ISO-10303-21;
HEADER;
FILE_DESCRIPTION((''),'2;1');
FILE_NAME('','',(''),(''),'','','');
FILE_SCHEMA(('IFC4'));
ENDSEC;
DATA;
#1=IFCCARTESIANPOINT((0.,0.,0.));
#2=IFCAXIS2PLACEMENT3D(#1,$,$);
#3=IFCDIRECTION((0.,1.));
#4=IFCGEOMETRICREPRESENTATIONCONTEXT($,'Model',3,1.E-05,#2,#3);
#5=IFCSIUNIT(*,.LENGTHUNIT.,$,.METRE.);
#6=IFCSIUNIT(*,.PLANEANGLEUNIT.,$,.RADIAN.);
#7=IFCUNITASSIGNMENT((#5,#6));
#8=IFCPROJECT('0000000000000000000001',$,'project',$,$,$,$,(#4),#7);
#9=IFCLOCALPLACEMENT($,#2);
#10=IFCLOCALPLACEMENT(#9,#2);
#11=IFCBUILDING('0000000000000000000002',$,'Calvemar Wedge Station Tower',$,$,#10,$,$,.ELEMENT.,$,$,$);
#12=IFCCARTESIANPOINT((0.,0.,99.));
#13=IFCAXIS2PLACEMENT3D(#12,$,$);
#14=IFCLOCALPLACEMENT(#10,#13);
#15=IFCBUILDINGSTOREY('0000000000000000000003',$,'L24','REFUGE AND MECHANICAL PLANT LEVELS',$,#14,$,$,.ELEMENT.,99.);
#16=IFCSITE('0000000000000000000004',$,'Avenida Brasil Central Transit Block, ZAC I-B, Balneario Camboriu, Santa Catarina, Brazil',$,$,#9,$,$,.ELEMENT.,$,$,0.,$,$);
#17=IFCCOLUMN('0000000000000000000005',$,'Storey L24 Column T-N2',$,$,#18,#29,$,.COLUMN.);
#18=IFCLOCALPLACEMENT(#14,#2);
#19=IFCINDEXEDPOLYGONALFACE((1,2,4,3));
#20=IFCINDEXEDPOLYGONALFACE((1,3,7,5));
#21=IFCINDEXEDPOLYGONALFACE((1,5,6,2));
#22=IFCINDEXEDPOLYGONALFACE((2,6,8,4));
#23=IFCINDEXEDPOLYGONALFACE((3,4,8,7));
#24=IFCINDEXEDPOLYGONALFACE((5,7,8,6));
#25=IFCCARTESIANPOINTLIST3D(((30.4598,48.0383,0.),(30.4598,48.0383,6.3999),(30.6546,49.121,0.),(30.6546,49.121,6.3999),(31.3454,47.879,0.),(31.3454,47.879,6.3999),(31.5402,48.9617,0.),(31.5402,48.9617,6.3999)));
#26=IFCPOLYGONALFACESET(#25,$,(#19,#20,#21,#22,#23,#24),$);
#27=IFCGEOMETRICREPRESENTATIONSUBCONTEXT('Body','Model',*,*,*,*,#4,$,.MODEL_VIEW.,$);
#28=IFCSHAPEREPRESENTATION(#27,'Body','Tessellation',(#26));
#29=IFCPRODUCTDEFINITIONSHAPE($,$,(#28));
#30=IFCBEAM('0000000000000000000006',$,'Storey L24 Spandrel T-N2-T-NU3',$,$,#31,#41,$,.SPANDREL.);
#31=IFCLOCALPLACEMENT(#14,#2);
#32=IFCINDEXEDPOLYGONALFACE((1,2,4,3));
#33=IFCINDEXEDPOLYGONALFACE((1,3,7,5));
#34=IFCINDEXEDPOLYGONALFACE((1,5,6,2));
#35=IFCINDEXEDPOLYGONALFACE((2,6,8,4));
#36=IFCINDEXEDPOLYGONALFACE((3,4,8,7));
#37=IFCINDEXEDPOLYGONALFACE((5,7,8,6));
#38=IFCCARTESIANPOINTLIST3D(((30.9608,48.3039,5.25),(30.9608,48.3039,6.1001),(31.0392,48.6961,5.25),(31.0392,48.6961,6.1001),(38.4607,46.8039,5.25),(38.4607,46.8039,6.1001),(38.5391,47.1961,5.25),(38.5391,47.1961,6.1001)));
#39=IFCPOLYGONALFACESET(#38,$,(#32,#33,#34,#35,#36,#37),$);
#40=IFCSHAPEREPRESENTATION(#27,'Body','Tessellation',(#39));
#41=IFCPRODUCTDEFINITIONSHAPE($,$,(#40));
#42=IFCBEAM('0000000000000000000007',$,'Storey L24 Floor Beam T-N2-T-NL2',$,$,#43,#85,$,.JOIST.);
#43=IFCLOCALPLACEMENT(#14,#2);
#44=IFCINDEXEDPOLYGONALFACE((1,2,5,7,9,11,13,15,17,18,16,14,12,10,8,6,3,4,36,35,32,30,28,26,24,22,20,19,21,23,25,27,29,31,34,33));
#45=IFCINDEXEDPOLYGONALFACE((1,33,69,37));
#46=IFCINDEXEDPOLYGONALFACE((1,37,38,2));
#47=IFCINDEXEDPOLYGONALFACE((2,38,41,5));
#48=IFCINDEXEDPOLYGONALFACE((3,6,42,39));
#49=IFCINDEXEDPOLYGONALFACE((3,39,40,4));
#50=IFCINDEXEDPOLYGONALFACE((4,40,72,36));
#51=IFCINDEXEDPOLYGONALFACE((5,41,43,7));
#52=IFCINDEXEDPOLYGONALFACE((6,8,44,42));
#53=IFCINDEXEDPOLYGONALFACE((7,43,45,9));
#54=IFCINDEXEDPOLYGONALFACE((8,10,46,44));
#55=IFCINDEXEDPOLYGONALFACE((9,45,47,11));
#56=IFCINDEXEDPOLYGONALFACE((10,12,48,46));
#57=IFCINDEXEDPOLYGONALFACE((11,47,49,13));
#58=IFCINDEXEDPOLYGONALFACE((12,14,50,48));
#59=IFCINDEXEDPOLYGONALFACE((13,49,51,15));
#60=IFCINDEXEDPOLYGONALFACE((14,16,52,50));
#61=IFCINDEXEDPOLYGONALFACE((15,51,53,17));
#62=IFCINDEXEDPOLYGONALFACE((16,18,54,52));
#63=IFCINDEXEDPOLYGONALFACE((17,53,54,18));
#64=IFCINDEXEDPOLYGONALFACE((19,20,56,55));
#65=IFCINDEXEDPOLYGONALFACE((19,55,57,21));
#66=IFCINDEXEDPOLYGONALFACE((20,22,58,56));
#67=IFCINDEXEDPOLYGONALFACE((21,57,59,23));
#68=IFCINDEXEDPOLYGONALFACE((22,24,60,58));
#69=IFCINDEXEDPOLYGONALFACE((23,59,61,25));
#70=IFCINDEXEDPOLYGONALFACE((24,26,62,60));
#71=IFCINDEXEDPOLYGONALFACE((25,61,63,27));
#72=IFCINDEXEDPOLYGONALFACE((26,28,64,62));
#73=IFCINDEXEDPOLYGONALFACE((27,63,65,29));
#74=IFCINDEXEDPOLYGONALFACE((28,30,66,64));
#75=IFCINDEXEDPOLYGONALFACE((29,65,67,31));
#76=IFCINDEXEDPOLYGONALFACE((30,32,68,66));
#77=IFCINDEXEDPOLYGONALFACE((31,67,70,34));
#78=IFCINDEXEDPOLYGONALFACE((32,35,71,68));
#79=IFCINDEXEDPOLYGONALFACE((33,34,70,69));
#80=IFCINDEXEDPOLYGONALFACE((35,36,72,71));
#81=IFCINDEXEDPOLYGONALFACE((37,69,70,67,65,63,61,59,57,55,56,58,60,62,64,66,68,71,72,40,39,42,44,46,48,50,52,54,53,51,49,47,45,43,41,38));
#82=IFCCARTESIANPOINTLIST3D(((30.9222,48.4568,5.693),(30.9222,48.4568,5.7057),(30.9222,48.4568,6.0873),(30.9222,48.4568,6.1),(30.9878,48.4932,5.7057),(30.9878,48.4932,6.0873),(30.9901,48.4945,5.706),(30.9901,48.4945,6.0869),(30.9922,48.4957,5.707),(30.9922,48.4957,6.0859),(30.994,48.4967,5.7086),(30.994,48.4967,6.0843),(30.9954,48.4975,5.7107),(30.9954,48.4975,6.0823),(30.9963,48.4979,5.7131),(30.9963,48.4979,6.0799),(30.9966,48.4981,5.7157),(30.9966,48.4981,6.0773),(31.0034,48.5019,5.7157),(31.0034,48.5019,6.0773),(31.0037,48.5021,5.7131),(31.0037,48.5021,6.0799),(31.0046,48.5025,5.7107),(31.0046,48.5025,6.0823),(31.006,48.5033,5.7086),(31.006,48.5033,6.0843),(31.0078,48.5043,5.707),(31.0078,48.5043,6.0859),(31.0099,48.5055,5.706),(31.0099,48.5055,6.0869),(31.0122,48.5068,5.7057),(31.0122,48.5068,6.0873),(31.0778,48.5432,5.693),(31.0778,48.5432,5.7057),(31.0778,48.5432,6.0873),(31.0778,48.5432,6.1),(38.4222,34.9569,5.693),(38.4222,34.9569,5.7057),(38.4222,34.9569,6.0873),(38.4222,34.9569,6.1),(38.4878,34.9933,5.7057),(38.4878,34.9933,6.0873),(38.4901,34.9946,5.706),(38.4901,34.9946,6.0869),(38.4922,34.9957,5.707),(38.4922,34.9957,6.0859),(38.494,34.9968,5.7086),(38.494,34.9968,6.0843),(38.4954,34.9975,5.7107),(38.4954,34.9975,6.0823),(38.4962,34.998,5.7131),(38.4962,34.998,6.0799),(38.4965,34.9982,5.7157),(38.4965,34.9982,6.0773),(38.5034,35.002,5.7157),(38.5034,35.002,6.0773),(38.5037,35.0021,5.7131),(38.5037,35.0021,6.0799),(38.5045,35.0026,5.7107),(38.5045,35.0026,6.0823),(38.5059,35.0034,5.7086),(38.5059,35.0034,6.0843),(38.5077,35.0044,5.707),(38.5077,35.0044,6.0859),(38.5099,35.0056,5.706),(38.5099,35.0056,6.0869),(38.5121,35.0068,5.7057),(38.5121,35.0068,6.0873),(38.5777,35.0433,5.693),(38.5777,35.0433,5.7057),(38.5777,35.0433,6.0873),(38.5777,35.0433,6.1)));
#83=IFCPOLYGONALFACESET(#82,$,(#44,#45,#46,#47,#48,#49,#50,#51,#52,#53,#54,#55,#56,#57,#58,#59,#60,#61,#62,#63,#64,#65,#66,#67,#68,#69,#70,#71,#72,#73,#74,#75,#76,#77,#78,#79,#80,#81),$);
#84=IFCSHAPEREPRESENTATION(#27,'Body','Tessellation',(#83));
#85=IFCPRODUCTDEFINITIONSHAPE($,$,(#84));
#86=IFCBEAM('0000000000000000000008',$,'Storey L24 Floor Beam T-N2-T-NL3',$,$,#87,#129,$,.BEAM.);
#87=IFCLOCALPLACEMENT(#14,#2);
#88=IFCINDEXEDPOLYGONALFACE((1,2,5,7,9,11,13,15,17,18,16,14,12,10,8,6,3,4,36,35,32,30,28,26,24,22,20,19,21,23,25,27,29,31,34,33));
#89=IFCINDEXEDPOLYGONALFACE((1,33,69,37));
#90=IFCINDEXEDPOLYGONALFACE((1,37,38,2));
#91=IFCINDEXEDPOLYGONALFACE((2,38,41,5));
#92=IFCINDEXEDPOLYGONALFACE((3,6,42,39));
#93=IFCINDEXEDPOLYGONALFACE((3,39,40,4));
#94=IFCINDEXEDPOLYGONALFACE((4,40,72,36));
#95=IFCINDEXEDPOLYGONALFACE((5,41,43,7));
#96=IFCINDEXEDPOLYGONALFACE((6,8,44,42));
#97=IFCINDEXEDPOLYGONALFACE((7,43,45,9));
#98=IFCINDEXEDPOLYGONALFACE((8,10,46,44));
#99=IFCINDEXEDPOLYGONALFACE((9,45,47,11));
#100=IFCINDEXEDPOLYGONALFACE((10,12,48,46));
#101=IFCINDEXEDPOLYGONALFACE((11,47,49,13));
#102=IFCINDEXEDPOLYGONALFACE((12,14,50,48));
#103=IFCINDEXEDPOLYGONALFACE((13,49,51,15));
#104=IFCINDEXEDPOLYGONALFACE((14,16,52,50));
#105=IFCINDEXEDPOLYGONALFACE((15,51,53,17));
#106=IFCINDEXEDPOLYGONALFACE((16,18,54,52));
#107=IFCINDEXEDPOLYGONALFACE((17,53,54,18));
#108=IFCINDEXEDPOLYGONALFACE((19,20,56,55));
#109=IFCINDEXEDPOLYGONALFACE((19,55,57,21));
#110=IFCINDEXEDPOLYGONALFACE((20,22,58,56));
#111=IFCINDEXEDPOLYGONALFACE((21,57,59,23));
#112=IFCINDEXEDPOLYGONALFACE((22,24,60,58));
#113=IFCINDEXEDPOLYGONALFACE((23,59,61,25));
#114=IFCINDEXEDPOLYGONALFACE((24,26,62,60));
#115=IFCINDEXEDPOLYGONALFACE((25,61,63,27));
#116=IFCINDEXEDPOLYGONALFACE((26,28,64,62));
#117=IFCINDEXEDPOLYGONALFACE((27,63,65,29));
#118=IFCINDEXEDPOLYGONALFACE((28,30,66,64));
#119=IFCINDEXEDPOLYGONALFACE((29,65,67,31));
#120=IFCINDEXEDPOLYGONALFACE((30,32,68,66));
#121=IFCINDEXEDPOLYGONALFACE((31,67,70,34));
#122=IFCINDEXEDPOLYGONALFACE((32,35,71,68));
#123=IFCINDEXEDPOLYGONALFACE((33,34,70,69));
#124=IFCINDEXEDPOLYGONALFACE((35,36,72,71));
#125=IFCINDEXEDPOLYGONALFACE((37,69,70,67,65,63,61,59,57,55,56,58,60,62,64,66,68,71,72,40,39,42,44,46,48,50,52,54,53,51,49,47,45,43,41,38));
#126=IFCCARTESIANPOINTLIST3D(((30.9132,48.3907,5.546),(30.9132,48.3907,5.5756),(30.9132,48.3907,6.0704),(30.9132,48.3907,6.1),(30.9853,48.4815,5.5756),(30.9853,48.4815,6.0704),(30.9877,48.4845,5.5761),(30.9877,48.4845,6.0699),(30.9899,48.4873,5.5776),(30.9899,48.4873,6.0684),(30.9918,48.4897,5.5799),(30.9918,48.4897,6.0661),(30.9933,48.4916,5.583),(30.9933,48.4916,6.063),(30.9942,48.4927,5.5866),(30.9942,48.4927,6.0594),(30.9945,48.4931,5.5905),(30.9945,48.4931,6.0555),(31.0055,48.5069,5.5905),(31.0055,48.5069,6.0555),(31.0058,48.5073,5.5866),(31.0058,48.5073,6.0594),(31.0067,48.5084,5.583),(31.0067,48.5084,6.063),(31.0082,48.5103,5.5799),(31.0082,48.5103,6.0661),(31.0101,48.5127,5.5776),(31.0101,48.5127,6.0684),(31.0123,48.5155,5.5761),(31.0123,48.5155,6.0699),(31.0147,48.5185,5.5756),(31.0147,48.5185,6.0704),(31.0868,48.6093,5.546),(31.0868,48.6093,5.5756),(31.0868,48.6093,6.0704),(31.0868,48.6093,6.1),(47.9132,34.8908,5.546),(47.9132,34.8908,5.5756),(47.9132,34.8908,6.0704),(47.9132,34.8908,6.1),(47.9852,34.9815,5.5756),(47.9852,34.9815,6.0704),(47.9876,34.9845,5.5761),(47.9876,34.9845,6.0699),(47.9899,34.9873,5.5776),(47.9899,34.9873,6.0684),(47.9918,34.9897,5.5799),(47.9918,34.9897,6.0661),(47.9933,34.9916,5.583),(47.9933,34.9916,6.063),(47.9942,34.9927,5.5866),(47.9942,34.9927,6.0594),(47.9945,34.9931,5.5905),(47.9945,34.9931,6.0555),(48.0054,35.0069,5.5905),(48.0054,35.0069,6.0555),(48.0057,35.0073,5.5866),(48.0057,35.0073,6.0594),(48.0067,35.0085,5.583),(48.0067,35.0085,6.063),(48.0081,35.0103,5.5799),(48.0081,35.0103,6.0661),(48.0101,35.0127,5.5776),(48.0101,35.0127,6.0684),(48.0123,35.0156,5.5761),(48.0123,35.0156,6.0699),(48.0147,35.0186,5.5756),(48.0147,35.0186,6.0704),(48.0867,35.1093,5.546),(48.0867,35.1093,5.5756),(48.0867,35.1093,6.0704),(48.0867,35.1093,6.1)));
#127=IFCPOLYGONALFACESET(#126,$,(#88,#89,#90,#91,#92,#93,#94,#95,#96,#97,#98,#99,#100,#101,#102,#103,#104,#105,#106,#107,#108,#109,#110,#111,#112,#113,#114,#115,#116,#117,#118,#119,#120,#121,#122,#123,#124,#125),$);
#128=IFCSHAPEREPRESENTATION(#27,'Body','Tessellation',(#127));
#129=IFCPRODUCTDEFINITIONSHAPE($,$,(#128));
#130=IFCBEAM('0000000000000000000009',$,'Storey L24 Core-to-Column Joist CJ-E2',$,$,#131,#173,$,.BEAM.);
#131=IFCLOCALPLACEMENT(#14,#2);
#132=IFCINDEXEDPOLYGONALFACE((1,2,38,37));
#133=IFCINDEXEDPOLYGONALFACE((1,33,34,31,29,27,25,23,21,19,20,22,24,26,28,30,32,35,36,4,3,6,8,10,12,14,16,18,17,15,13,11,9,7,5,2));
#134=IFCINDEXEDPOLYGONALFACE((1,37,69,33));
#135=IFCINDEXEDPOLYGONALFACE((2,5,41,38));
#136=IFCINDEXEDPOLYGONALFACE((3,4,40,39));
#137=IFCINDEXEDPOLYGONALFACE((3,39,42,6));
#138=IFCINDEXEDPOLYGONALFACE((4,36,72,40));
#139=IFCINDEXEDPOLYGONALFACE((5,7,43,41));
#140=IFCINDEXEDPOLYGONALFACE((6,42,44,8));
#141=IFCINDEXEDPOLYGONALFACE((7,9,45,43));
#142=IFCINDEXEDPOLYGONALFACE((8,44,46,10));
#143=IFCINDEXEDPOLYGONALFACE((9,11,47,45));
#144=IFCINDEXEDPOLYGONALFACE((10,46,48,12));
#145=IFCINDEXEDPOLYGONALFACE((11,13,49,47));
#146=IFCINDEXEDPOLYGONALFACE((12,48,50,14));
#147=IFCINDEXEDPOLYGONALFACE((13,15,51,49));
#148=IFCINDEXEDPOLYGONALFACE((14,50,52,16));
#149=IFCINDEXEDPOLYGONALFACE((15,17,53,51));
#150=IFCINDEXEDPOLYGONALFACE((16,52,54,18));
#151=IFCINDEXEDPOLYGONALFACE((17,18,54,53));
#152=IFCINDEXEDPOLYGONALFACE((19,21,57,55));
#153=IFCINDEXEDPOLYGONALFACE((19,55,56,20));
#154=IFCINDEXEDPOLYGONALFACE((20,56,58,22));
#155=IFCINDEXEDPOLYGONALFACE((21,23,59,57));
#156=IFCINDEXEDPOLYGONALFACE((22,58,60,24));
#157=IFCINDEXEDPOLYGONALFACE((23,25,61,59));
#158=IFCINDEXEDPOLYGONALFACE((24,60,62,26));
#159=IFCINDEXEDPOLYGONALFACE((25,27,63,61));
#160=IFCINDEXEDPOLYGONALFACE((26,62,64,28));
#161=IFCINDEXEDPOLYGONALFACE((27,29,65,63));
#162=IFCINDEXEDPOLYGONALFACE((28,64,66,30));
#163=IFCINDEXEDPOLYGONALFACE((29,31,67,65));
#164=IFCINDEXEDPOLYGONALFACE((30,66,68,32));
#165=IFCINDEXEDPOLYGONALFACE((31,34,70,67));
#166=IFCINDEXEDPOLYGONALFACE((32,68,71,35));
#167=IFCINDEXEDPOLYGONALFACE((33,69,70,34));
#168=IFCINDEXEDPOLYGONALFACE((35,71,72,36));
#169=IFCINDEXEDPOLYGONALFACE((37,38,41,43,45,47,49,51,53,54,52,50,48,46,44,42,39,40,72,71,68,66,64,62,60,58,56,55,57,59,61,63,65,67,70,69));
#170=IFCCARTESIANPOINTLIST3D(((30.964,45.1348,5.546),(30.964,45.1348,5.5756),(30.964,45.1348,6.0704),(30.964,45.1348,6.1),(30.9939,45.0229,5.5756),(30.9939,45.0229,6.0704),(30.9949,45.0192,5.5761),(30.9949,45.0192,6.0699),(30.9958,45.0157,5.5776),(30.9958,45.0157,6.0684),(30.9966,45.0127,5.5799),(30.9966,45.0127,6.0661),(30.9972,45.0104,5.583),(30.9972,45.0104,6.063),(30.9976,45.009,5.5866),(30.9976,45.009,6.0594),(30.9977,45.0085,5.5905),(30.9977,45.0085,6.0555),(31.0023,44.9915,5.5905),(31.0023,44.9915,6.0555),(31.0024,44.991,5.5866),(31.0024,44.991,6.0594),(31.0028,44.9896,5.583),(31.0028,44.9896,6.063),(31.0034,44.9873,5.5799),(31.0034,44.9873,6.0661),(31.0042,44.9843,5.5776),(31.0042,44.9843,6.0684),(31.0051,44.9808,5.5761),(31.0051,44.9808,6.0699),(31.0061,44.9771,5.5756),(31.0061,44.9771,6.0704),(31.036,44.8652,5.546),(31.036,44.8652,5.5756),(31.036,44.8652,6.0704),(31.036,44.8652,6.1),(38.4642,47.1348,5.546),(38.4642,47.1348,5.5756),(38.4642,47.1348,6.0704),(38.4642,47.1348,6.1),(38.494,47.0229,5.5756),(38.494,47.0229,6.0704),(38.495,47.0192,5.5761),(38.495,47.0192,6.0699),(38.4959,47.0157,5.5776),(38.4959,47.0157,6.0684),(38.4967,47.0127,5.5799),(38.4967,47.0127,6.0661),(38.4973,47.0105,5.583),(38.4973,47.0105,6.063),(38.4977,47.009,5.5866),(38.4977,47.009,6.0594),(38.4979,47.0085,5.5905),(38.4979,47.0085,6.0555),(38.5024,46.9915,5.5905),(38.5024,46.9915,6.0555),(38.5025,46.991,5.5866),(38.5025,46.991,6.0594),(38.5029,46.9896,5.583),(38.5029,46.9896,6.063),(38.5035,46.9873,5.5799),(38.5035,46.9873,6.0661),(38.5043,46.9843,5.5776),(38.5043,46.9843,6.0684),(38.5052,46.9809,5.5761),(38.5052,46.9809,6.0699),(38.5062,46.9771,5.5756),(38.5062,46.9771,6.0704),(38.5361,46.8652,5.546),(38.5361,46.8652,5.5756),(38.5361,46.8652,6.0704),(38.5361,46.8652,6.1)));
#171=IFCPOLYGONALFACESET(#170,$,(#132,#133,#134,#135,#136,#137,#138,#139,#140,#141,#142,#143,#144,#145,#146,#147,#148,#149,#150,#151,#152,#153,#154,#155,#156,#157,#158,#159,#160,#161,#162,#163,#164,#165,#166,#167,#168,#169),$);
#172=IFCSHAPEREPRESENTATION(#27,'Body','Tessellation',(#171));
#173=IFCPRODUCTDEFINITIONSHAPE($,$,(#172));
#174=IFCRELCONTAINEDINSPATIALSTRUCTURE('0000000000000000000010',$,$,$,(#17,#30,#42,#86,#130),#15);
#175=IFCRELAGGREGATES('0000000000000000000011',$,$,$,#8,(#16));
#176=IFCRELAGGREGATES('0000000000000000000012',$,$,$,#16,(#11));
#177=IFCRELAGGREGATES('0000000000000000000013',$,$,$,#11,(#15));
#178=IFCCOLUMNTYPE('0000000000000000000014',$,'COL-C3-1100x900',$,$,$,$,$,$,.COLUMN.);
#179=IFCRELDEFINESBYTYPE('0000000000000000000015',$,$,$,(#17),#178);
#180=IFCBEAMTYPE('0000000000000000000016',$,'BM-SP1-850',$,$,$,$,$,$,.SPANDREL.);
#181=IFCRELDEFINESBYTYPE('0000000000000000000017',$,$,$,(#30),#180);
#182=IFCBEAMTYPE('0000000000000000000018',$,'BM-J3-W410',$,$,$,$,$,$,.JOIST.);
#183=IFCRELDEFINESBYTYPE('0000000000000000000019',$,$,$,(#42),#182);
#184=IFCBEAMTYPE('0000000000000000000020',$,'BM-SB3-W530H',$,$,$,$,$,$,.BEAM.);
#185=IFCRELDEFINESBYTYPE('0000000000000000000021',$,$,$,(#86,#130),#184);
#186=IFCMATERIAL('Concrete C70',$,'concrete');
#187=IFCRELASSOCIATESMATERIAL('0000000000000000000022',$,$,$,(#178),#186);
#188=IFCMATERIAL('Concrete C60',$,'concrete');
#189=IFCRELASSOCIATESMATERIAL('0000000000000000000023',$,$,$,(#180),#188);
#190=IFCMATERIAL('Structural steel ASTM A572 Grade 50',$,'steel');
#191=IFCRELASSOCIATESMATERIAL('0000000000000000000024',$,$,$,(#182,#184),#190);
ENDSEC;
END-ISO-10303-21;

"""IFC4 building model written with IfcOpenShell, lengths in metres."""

from ifc_helpers import new_model, si_unit, direction, frame, origin, origin_2d, place, context, subcontext, project, spatial, rectangle, i_section, extrude, source, transform, mapped, material, material_profile, profile_set, type_object, element, save


model = new_model("IFC4")

# Units and contexts
model_context = context("Model", 3, precision=1e-05, world=origin(), true_north=direction((0.0, 1.0)))
body_context = subcontext(model_context, "Body", "Model", "MODEL_VIEW")
ifc_project = project(units=[si_unit("LENGTHUNIT", "METRE"), si_unit("PLANEANGLEUNIT", "RADIAN")], contexts=[model_context])

# Site, building, storey
site_placement = place(None, origin())
site = spatial("IfcSite", under=ifc_project, at=site_placement, Name="Avenida Brasil Central Transit Block, ZAC I-B, Balneario Camboriu, Santa Catarina, Brazil", CompositionType="ELEMENT", RefElevation=0.0)
building_placement = place(site_placement, origin())
building = spatial("IfcBuilding", under=site, at=building_placement, Name="Calvemar Wedge Station Tower", CompositionType="ELEMENT")
storey_placement = place(building_placement, frame((0.0, 0.0, 99.0)))
storey = spatial("IfcBuildingStorey", under=building, at=storey_placement, Name="L24", Description="REFUGE AND MECHANICAL PLANT LEVELS", CompositionType="ELEMENT", Elevation=99.0)

# Column
ifc_material_1 = material(Name="Concrete C70", Category="concrete")
ifc_material_profile_1 = material_profile(ifc_material_1, rectangle(XDim=0.8999, YDim=1.1001, at=origin_2d()), Name="RC1100x900")
ifc_profile_set_1 = profile_set([ifc_material_profile_1], Name="Concrete C70")
column_type = type_object("IfcColumnType", Name="COL-C3-1100x900", PredefinedType="COLUMN", material=ifc_profile_set_1)
shared_shape_1 = source(origin(), body_context, "Body", "SweptSolid", [
    extrude(rectangle(XDim=0.8999, YDim=1.1001, at=origin_2d()), origin(), (0.0, 0.0, 1.0), 6.3999),
])
column_placement = place(storey_placement, frame((31.0, 48.5, 0.0), z_axis=(0.0, 0.0, 1.0), x_axis=(0.984196, -0.177085, 0.0)))
element("IfcColumn", 1, at=column_placement, inside=storey, type_object=column_type, Name="Storey L24 Column T-N2", PredefinedType="COLUMN", context=body_context, shape_type="MappedRepresentation", body=[
    mapped(shared_shape_1, transform((0.0, 0.0, 0.0), scale=1.0)),
])

# Beams
ifc_material_2 = material(Name="Concrete C60", Category="concrete")
ifc_material_profile_2 = material_profile(ifc_material_2, rectangle(XDim=0.3999, YDim=0.8501, at=origin_2d()), Name="RC400x850")
ifc_profile_set_2 = profile_set([ifc_material_profile_2], Name="Concrete C60")
beam_type_1 = type_object("IfcBeamType", Name="BM-SP1-850", PredefinedType="SPANDREL", material=ifc_profile_set_2)
shared_shape_2 = source(origin(), body_context, "Body", "SweptSolid", [
    extrude(rectangle(XDim=0.3999, YDim=0.8501, at=origin_2d()), origin(), (0.0, 0.0, 1.0), 7.6484),
])
beam_1_placement = place(storey_placement, frame((31.0, 48.5, 5.675), z_axis=(0.980581, -0.196116, 0.0), x_axis=(0.196116, 0.980581, 0.0)))
element("IfcBeam", 2, at=beam_1_placement, inside=storey, type_object=beam_type_1, Name="Storey L24 Spandrel T-N2-T-NU3", PredefinedType="SPANDREL", context=body_context, shape_type="MappedRepresentation", body=[
    mapped(shared_shape_2, transform((0.0, 0.0, 0.0), scale=1.0)),
])
ifc_material_3 = material(Name="Structural steel ASTM A572 Grade 50", Category="steel")
ifc_material_profile_3 = material_profile(ifc_material_3, i_section(OverallWidth=0.178, OverallDepth=0.407, WebThickness=0.0078, FlangeThickness=0.0127, FilletRadius=0.01, at=origin_2d()), Name="W410x60")
ifc_profile_set_3 = profile_set([ifc_material_profile_3], Name="Structural steel ASTM A572 Grade 50")
beam_type_2 = type_object("IfcBeamType", Name="BM-J3-W410", PredefinedType="JOIST", material=ifc_profile_set_3)
shared_shape_3 = source(origin(), body_context, "Body", "SweptSolid", [
    extrude(i_section(OverallWidth=0.178, OverallDepth=0.407, WebThickness=0.0078, FlangeThickness=0.0127, FilletRadius=0.01, at=origin_2d()), origin(), (0.0, 0.0, 1.0), 15.4434),
])
beam_2_placement = place(storey_placement, frame((31.0, 48.5, 5.8965), z_axis=(0.485643, -0.874157, 0.0), x_axis=(0.874157, 0.485643, 0.0)))
element("IfcBeam", 3, at=beam_2_placement, inside=storey, type_object=beam_type_2, Name="Storey L24 Floor Beam T-N2-T-NL2", PredefinedType="JOIST", context=body_context, shape_type="MappedRepresentation", body=[
    mapped(shared_shape_3, transform((0.0, 0.0, 0.0), scale=1.0)),
])
ifc_material_profile_4 = material_profile(ifc_material_3, i_section(OverallWidth=0.2791, OverallDepth=0.554, WebThickness=0.0176, FlangeThickness=0.0295, FilletRadius=0.0149, at=origin_2d()), Name="W530x196")
ifc_profile_set_4 = profile_set([ifc_material_profile_4], Name="Structural steel ASTM A572 Grade 50")
beam_type_3 = type_object("IfcBeamType", Name="BM-SB3-W530H", PredefinedType="BEAM", material=ifc_profile_set_4)
shared_shape_4 = source(origin(), body_context, "Body", "SweptSolid", [
    extrude(i_section(OverallWidth=0.2791, OverallDepth=0.554, WebThickness=0.0176, FlangeThickness=0.0295, FilletRadius=0.0149, at=origin_2d()), origin(), (0.0, 0.0, 1.0), 21.7083),
])
beam_3_placement = place(storey_placement, frame((31.0, 48.5, 5.823), z_axis=(0.783111, -0.621882, 0.0), x_axis=(0.621882, 0.783111, 0.0)))
element("IfcBeam", 4, at=beam_3_placement, inside=storey, type_object=beam_type_3, Name="Storey L24 Floor Beam T-N2-T-NL3", PredefinedType="BEAM", context=body_context, shape_type="MappedRepresentation", body=[
    mapped(shared_shape_4, transform((0.0, 0.0, 0.0), scale=1.0)),
])
shared_shape_5 = source(origin(), body_context, "Body", "SweptSolid", [
    extrude(i_section(OverallWidth=0.2791, OverallDepth=0.554, WebThickness=0.0176, FlangeThickness=0.0295, FilletRadius=0.0149, at=origin_2d()), origin(), (0.0, 0.0, 1.0), 7.7622),
])
beam_4_placement = place(storey_placement, frame((31.0, 45.0, 5.823), z_axis=(0.966235, 0.257663, 0.0), x_axis=(-0.257663, 0.966235, 0.0)))
element("IfcBeam", 5, at=beam_4_placement, inside=storey, type_object=beam_type_3, Name="Storey L24 Core-to-Column Joist CJ-E2", PredefinedType="BEAM", context=body_context, shape_type="MappedRepresentation", body=[
    mapped(shared_shape_5, transform((0.0, 0.0, 0.0), scale=1.0)),
])

save(model, "model.ifc")
